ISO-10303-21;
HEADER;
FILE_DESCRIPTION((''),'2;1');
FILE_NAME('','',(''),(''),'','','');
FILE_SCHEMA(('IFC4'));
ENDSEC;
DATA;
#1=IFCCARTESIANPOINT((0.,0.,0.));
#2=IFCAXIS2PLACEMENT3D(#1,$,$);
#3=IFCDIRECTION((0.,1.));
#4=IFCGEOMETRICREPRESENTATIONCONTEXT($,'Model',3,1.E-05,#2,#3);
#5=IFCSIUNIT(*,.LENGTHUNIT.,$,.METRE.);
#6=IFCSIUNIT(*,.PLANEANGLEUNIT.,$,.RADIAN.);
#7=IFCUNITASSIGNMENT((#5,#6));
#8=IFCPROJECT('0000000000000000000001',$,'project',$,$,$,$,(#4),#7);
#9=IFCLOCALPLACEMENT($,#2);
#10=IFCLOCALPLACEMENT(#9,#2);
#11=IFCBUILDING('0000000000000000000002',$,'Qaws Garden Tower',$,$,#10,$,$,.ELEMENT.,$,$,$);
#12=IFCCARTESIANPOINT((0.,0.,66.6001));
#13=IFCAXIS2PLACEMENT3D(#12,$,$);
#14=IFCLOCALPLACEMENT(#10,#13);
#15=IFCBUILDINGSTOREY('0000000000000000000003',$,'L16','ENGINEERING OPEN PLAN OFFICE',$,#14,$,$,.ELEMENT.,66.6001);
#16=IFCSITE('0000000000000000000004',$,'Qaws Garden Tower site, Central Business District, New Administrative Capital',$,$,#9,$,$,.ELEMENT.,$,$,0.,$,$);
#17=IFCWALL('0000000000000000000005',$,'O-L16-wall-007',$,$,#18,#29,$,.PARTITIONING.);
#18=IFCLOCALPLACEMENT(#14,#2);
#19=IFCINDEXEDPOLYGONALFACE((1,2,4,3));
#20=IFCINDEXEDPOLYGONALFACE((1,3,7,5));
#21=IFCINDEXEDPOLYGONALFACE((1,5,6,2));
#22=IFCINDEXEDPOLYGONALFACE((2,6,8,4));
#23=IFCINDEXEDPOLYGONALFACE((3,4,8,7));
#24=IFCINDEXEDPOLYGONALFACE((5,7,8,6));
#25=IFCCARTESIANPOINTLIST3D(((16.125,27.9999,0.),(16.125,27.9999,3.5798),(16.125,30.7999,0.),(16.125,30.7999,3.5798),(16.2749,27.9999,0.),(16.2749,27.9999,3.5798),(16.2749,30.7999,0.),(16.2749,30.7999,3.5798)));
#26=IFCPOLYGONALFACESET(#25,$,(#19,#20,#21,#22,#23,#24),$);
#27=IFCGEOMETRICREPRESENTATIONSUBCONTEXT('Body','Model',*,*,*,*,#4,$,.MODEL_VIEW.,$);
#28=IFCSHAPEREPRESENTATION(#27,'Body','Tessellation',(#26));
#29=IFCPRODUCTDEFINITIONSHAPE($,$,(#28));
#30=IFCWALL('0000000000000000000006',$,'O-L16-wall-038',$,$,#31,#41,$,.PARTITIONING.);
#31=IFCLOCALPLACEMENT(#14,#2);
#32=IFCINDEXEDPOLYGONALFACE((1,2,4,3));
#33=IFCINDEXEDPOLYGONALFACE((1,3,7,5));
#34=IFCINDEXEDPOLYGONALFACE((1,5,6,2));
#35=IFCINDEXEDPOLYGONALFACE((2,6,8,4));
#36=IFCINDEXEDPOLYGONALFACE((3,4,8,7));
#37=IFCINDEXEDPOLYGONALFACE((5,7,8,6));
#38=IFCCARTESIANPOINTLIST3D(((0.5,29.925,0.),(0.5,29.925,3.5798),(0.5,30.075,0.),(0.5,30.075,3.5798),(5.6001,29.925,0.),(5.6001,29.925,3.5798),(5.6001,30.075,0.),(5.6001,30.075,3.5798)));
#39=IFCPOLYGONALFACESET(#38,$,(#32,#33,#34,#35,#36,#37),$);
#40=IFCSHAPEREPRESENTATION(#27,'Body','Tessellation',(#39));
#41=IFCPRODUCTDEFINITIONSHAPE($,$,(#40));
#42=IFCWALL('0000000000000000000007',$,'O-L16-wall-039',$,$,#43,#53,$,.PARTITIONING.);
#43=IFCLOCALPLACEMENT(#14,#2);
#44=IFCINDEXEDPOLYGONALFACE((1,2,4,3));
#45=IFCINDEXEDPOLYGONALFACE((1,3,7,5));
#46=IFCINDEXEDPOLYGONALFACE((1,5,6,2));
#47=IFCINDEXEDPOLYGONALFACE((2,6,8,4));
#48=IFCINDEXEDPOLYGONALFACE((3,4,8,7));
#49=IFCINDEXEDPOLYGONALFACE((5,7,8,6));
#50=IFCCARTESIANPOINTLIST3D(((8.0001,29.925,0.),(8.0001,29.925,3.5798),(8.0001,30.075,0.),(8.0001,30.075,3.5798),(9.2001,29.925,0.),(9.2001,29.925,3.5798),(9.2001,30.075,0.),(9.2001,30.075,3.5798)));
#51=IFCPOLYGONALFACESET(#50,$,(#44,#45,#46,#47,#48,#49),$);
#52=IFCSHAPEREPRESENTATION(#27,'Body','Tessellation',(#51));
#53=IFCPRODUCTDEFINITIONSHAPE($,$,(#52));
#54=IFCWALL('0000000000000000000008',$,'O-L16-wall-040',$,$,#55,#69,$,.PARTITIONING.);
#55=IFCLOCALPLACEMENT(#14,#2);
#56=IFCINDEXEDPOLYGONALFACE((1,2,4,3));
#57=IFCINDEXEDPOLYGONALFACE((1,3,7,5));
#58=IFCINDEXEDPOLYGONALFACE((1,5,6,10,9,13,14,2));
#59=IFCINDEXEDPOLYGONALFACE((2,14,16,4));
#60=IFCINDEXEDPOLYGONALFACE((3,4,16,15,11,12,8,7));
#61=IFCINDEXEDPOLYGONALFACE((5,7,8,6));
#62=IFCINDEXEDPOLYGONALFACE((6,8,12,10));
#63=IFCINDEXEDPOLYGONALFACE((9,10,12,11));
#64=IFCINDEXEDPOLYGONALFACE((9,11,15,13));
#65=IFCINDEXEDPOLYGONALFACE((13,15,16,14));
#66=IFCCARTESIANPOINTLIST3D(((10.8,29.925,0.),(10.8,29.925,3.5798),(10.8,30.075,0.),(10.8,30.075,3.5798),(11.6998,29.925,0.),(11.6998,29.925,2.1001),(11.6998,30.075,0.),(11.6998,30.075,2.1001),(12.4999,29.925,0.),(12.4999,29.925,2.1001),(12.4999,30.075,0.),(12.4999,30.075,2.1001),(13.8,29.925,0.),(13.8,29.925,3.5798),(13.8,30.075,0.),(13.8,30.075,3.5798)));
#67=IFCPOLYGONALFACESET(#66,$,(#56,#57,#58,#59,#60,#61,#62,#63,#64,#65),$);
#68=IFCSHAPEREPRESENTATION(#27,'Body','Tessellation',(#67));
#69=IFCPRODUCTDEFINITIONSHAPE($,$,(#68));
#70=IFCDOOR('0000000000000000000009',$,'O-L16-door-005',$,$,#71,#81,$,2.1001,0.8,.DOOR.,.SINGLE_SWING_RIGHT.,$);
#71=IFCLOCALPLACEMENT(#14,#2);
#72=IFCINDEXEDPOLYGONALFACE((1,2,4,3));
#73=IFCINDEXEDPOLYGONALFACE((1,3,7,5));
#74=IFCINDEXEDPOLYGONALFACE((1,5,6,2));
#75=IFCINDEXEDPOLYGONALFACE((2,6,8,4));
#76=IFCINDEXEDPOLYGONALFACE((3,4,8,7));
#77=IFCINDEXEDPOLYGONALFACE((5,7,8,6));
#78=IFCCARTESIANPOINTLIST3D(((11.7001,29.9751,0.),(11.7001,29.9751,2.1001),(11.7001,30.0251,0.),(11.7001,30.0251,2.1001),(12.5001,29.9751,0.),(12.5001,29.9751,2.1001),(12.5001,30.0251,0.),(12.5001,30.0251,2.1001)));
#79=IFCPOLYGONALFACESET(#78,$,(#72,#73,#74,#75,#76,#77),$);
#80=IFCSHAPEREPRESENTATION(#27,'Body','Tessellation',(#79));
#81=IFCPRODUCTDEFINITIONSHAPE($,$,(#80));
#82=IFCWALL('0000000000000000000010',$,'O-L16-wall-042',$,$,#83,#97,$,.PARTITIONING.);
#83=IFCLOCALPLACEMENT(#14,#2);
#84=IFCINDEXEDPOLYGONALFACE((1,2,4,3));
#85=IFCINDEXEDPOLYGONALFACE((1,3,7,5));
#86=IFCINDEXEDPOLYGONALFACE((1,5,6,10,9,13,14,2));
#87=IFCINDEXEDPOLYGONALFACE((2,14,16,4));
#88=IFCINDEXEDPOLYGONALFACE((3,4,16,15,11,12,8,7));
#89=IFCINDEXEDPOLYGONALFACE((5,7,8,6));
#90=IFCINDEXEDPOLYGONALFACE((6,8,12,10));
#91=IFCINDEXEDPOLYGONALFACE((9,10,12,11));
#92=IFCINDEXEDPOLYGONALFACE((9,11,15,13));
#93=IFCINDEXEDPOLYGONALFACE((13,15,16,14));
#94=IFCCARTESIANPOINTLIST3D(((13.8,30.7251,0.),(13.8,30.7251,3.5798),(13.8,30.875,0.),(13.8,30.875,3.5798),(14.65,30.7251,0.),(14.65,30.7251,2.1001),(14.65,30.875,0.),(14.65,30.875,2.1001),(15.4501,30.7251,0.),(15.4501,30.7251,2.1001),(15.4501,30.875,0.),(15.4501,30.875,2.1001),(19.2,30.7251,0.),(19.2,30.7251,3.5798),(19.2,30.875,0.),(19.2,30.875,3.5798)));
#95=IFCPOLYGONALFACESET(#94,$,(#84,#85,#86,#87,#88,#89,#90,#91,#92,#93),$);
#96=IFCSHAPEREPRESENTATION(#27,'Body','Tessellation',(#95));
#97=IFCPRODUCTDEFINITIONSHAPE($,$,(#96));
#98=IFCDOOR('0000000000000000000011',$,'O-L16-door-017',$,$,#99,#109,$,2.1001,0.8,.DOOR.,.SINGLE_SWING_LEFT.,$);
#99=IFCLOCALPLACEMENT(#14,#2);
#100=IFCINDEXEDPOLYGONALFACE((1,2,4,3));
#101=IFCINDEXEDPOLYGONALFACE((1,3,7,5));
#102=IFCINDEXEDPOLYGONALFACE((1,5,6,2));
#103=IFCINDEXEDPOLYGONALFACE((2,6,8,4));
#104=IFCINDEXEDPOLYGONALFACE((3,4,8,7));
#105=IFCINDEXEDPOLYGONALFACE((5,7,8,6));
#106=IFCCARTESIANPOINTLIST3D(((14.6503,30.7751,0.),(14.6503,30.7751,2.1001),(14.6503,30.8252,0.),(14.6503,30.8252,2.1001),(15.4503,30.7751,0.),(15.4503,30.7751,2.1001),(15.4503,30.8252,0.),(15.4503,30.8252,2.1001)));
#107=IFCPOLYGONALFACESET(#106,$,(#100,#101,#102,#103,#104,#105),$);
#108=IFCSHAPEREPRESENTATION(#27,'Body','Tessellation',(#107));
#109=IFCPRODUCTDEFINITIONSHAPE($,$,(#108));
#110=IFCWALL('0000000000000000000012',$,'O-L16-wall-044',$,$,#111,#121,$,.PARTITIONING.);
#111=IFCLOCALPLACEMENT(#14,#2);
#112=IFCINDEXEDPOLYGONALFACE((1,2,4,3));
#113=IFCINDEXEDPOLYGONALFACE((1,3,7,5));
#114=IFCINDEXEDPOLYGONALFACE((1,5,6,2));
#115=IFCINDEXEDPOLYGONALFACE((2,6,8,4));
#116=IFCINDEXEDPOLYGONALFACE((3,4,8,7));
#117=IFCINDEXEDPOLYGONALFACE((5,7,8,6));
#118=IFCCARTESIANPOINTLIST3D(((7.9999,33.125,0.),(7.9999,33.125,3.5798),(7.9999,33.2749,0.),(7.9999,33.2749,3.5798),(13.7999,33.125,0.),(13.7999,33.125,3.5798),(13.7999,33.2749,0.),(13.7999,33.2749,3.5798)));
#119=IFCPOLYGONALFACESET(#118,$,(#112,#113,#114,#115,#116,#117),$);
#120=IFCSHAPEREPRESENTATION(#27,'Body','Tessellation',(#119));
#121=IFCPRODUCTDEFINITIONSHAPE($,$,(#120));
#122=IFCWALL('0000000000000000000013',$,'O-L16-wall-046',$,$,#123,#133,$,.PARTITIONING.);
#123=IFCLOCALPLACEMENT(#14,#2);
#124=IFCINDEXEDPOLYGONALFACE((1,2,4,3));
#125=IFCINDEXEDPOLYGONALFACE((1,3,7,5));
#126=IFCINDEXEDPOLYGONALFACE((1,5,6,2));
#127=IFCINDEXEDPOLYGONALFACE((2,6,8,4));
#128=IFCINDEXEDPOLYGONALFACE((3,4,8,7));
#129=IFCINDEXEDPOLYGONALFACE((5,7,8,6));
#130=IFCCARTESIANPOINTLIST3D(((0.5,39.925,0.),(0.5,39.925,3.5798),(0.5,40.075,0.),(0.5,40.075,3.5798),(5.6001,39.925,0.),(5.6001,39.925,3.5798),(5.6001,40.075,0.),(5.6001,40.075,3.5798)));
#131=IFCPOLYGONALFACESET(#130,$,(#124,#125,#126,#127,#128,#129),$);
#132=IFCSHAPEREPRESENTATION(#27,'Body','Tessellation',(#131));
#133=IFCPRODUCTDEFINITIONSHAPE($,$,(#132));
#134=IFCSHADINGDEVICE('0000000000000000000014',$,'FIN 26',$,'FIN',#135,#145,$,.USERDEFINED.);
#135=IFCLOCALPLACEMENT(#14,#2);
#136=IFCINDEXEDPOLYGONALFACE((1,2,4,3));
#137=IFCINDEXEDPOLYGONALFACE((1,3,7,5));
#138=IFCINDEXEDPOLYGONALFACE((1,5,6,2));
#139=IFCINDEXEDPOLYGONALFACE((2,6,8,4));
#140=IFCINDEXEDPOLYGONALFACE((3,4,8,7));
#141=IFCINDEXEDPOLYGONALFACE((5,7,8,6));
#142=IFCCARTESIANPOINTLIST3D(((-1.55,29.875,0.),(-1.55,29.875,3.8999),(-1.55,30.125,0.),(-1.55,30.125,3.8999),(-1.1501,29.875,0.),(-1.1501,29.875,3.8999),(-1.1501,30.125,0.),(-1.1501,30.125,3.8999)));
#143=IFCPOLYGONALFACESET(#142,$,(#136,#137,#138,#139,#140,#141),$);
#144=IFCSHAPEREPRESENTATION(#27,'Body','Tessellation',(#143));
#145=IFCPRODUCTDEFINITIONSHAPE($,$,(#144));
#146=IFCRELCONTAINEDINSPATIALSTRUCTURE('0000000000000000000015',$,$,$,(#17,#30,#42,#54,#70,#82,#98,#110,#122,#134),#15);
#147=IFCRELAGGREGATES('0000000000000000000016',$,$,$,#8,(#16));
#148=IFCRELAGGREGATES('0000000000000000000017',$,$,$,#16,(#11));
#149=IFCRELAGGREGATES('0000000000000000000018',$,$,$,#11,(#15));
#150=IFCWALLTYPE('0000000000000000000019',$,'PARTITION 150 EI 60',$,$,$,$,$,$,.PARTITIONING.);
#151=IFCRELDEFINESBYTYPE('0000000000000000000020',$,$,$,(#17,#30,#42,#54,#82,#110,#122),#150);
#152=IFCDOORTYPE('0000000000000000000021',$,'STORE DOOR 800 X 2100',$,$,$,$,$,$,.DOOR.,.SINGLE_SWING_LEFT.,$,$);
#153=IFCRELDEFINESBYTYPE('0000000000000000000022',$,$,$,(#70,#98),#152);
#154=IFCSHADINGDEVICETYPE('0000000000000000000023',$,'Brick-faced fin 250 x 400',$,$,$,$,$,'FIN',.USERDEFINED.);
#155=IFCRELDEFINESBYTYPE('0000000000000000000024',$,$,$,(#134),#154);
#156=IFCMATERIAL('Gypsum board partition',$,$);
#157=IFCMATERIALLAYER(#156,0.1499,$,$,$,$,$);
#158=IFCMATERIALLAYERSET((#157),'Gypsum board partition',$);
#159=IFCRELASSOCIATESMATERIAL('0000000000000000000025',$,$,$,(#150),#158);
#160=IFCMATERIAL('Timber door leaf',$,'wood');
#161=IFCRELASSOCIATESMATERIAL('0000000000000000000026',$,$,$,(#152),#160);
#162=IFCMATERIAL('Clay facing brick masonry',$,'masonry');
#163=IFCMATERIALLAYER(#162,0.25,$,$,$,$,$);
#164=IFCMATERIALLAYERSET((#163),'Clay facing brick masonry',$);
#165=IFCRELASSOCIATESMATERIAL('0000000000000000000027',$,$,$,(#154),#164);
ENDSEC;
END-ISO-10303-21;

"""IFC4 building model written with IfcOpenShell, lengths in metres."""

from ifc_helpers import new_model, si_unit, direction, frame, frame_2d, origin, origin_2d, place, context, subcontext, project, spatial, rectangle, extrude, material, layer, layer_set, type_object, element, fill, save


model = new_model("IFC4")

# Units and contexts
model_context = context("Model", 3, precision=1e-05, world=origin(), true_north=direction((0.0, 1.0)))
body_context = subcontext(model_context, "Body", "Model", "MODEL_VIEW")
ifc_project = project(units=[si_unit("LENGTHUNIT", "METRE"), si_unit("PLANEANGLEUNIT", "RADIAN")], contexts=[model_context])

# Site, building, storey
site_placement = place(None, origin())
site = spatial("IfcSite", under=ifc_project, at=site_placement, Name="Qaws Garden Tower site, Central Business District, New Administrative Capital", CompositionType="ELEMENT", RefElevation=0.0)
building_placement = place(site_placement, origin())
building = spatial("IfcBuilding", under=site, at=building_placement, Name="Qaws Garden Tower", CompositionType="ELEMENT")
storey_placement = place(building_placement, frame((0.0, 0.0, 66.6001)))
storey = spatial("IfcBuildingStorey", under=building, at=storey_placement, Name="L16", Description="ENGINEERING OPEN PLAN OFFICE", CompositionType="ELEMENT", Elevation=66.6001)

# Shared definitions
ifc_material_1 = material(Name="Gypsum board partition")
ifc_layer_1 = layer(ifc_material_1, 0.1499)
ifc_layer_set_1 = layer_set([ifc_layer_1], Name="Gypsum board partition")
wall_type_1 = type_object("IfcWallType", Name="PARTITION 150 EI 60", PredefinedType="PARTITIONING", material=ifc_layer_set_1)

# Walls
wall_1_placement = place(storey_placement, frame((16.2, 28.0, 0.0), z_axis=(0.0, 0.0, 1.0), x_axis=(0.0, 1.0, 0.0)))
element("IfcWall", 1, at=wall_1_placement, inside=storey, type_object=wall_type_1, Name="O-L16-wall-007", PredefinedType="PARTITIONING", context=body_context, shape_type="SweptSolid", body=[
    extrude(rectangle(XDim=2.8, YDim=0.1499, at=frame_2d((1.3999, 0.0))), origin(), (0.0, 0.0, 1.0), 3.5798),
])
wall_2_placement = place(storey_placement, frame((0.5, 30.0, 0.0), z_axis=(0.0, 0.0, 1.0), x_axis=(1.0, 0.0, 0.0)))
element("IfcWall", 2, at=wall_2_placement, inside=storey, type_object=wall_type_1, Name="O-L16-wall-038", PredefinedType="PARTITIONING", context=body_context, shape_type="SweptSolid", body=[
    extrude(rectangle(XDim=5.1001, YDim=0.1499, at=frame_2d((2.55, 0.0))), origin(), (0.0, 0.0, 1.0), 3.5798),
])
wall_3_placement = place(storey_placement, frame((8.0, 30.0, 0.0), z_axis=(0.0, 0.0, 1.0), x_axis=(1.0, 0.0, 0.0)))
element("IfcWall", 3, at=wall_3_placement, inside=storey, type_object=wall_type_1, Name="O-L16-wall-039", PredefinedType="PARTITIONING", context=body_context, shape_type="SweptSolid", body=[
    extrude(rectangle(XDim=1.2, YDim=0.1499, at=frame_2d((0.6001, 0.0))), origin(), (0.0, 0.0, 1.0), 3.5798),
])

# Walls, openings, doors
wall_4_placement = place(storey_placement, frame((10.8, 30.0, 0.0), z_axis=(0.0, 0.0, 1.0), x_axis=(1.0, 0.0, 0.0)))
wall_4 = element("IfcWall", 4, at=wall_4_placement, inside=storey, type_object=wall_type_1, Name="O-L16-wall-040", PredefinedType="PARTITIONING", context=body_context, shape_type="SweptSolid", body=[
    extrude(rectangle(XDim=3.0, YDim=0.1499, at=frame_2d((1.5, 0.0))), origin(), (0.0, 0.0, 1.0), 3.5798),
])
opening_1_placement = place(wall_4_placement, frame((0.8999, 0.0, 0.0)))
opening_1 = element("IfcOpeningElement", 5, at=opening_1_placement, cuts=wall_4, PredefinedType="OPENING", context=body_context, shape_type="SweptSolid", body=[
    extrude(rectangle(XDim=0.8, YDim=2.1001, at=frame_2d((0.3999, 1.05))), frame((0.0, 0.085, 0.0), z_axis=(0.0, -1.0, 0.0), x_axis=(1.0, 0.0, 0.0)), (0.0, 0.0, 1.0), 0.1699),
])
ifc_material_2 = material(Name="Timber door leaf", Category="wood")
door_type_1 = type_object("IfcDoorType", Name="STORE DOOR 800 X 2100", OperationType="SINGLE_SWING_LEFT", PredefinedType="DOOR", material=ifc_material_2)
door_1_placement = place(opening_1_placement, frame((0.8, 0.0, 0.0), z_axis=(0.0, 0.0, 1.0), x_axis=(-1.0, 0.0, 0.0)))
door_1 = element("IfcDoor", 6, at=door_1_placement, inside=storey, type_object=door_type_1, Name="O-L16-door-005", OperationType="SINGLE_SWING_RIGHT", OverallHeight=2.1001, OverallWidth=0.8, PredefinedType="DOOR", context=body_context, shape_type="SweptSolid", body=[
    extrude(rectangle(XDim=0.8, YDim=2.1001, at=frame_2d((0.3999, 1.05))), frame((0.0, 0.0249, 0.0), z_axis=(0.0, -1.0, 0.0), x_axis=(1.0, 0.0, 0.0)), (0.0, 0.0, 1.0), 0.05),
])
fill(opening_1, door_1)
wall_5_placement = place(storey_placement, frame((13.8, 30.8, 0.0), z_axis=(0.0, 0.0, 1.0), x_axis=(1.0, 0.0, 0.0)))
wall_5 = element("IfcWall", 7, at=wall_5_placement, inside=storey, type_object=wall_type_1, Name="O-L16-wall-042", PredefinedType="PARTITIONING", context=body_context, shape_type="SweptSolid", body=[
    extrude(rectangle(XDim=5.3999, YDim=0.1499, at=frame_2d((2.7, 0.0))), origin(), (0.0, 0.0, 1.0), 3.5798),
])
opening_2_placement = place(wall_5_placement, frame((0.8501, 0.0, 0.0)))
opening_2 = element("IfcOpeningElement", 8, at=opening_2_placement, cuts=wall_5, PredefinedType="OPENING", context=body_context, shape_type="SweptSolid", body=[
    extrude(rectangle(XDim=0.8, YDim=2.1001, at=frame_2d((0.3999, 1.05))), frame((0.0, 0.085, 0.0), z_axis=(0.0, -1.0, 0.0), x_axis=(1.0, 0.0, 0.0)), (0.0, 0.0, 1.0), 0.1699),
])
door_2_placement = place(opening_2_placement, frame((0.8, 0.0, 0.0), z_axis=(0.0, 0.0, 1.0), x_axis=(-1.0, 0.0, 0.0)))
door_2 = element("IfcDoor", 9, at=door_2_placement, inside=storey, type_object=door_type_1, Name="O-L16-door-017", OperationType="SINGLE_SWING_LEFT", OverallHeight=2.1001, OverallWidth=0.8, PredefinedType="DOOR", context=body_context, shape_type="SweptSolid", body=[
    extrude(rectangle(XDim=0.8, YDim=2.1001, at=frame_2d((0.3999, 1.05))), frame((0.0, 0.0249, 0.0), z_axis=(0.0, -1.0, 0.0), x_axis=(1.0, 0.0, 0.0)), (0.0, 0.0, 1.0), 0.05),
])
fill(opening_2, door_2)

# Walls
wall_6_placement = place(storey_placement, frame((8.0, 33.2, 0.0), z_axis=(0.0, 0.0, 1.0), x_axis=(1.0, 0.0, 0.0)))
element("IfcWall", 10, at=wall_6_placement, inside=storey, type_object=wall_type_1, Name="O-L16-wall-044", PredefinedType="PARTITIONING", context=body_context, shape_type="SweptSolid", body=[
    extrude(rectangle(XDim=5.8, YDim=0.1499, at=frame_2d((2.8999, 0.0))), origin(), (0.0, 0.0, 1.0), 3.5798),
])
wall_7_placement = place(storey_placement, frame((0.5, 40.0, 0.0), z_axis=(0.0, 0.0, 1.0), x_axis=(1.0, 0.0, 0.0)))
element("IfcWall", 11, at=wall_7_placement, inside=storey, type_object=wall_type_1, Name="O-L16-wall-046", PredefinedType="PARTITIONING", context=body_context, shape_type="SweptSolid", body=[
    extrude(rectangle(XDim=5.1001, YDim=0.1499, at=frame_2d((2.55, 0.0))), origin(), (0.0, 0.0, 1.0), 3.5798),
])

# Shading device
ifc_material_3 = material(Name="Clay facing brick masonry", Category="masonry")
ifc_layer_2 = layer(ifc_material_3, 0.25)
ifc_layer_set_2 = layer_set([ifc_layer_2], Name="Clay facing brick masonry")
shading_device_type = type_object("IfcShadingDeviceType", Name="Brick-faced fin 250 x 400", ElementType="FIN", PredefinedType="USERDEFINED", material=ifc_layer_set_2)
shading_device_placement = place(storey_placement, frame((-1.3501, 30.0, 0.0), z_axis=(0.0, 0.0, 1.0), x_axis=(0.0, -1.0, 0.0)))
element("IfcShadingDevice", 12, at=shading_device_placement, inside=storey, type_object=shading_device_type, Name="FIN 26", ObjectType="FIN", PredefinedType="USERDEFINED", context=body_context, shape_type="SweptSolid", body=[
    extrude(rectangle(XDim=0.25, YDim=0.3999, at=origin_2d()), origin(), (0.0, 0.0, 1.0), 3.8999),
])

save(model, "model.ifc")
